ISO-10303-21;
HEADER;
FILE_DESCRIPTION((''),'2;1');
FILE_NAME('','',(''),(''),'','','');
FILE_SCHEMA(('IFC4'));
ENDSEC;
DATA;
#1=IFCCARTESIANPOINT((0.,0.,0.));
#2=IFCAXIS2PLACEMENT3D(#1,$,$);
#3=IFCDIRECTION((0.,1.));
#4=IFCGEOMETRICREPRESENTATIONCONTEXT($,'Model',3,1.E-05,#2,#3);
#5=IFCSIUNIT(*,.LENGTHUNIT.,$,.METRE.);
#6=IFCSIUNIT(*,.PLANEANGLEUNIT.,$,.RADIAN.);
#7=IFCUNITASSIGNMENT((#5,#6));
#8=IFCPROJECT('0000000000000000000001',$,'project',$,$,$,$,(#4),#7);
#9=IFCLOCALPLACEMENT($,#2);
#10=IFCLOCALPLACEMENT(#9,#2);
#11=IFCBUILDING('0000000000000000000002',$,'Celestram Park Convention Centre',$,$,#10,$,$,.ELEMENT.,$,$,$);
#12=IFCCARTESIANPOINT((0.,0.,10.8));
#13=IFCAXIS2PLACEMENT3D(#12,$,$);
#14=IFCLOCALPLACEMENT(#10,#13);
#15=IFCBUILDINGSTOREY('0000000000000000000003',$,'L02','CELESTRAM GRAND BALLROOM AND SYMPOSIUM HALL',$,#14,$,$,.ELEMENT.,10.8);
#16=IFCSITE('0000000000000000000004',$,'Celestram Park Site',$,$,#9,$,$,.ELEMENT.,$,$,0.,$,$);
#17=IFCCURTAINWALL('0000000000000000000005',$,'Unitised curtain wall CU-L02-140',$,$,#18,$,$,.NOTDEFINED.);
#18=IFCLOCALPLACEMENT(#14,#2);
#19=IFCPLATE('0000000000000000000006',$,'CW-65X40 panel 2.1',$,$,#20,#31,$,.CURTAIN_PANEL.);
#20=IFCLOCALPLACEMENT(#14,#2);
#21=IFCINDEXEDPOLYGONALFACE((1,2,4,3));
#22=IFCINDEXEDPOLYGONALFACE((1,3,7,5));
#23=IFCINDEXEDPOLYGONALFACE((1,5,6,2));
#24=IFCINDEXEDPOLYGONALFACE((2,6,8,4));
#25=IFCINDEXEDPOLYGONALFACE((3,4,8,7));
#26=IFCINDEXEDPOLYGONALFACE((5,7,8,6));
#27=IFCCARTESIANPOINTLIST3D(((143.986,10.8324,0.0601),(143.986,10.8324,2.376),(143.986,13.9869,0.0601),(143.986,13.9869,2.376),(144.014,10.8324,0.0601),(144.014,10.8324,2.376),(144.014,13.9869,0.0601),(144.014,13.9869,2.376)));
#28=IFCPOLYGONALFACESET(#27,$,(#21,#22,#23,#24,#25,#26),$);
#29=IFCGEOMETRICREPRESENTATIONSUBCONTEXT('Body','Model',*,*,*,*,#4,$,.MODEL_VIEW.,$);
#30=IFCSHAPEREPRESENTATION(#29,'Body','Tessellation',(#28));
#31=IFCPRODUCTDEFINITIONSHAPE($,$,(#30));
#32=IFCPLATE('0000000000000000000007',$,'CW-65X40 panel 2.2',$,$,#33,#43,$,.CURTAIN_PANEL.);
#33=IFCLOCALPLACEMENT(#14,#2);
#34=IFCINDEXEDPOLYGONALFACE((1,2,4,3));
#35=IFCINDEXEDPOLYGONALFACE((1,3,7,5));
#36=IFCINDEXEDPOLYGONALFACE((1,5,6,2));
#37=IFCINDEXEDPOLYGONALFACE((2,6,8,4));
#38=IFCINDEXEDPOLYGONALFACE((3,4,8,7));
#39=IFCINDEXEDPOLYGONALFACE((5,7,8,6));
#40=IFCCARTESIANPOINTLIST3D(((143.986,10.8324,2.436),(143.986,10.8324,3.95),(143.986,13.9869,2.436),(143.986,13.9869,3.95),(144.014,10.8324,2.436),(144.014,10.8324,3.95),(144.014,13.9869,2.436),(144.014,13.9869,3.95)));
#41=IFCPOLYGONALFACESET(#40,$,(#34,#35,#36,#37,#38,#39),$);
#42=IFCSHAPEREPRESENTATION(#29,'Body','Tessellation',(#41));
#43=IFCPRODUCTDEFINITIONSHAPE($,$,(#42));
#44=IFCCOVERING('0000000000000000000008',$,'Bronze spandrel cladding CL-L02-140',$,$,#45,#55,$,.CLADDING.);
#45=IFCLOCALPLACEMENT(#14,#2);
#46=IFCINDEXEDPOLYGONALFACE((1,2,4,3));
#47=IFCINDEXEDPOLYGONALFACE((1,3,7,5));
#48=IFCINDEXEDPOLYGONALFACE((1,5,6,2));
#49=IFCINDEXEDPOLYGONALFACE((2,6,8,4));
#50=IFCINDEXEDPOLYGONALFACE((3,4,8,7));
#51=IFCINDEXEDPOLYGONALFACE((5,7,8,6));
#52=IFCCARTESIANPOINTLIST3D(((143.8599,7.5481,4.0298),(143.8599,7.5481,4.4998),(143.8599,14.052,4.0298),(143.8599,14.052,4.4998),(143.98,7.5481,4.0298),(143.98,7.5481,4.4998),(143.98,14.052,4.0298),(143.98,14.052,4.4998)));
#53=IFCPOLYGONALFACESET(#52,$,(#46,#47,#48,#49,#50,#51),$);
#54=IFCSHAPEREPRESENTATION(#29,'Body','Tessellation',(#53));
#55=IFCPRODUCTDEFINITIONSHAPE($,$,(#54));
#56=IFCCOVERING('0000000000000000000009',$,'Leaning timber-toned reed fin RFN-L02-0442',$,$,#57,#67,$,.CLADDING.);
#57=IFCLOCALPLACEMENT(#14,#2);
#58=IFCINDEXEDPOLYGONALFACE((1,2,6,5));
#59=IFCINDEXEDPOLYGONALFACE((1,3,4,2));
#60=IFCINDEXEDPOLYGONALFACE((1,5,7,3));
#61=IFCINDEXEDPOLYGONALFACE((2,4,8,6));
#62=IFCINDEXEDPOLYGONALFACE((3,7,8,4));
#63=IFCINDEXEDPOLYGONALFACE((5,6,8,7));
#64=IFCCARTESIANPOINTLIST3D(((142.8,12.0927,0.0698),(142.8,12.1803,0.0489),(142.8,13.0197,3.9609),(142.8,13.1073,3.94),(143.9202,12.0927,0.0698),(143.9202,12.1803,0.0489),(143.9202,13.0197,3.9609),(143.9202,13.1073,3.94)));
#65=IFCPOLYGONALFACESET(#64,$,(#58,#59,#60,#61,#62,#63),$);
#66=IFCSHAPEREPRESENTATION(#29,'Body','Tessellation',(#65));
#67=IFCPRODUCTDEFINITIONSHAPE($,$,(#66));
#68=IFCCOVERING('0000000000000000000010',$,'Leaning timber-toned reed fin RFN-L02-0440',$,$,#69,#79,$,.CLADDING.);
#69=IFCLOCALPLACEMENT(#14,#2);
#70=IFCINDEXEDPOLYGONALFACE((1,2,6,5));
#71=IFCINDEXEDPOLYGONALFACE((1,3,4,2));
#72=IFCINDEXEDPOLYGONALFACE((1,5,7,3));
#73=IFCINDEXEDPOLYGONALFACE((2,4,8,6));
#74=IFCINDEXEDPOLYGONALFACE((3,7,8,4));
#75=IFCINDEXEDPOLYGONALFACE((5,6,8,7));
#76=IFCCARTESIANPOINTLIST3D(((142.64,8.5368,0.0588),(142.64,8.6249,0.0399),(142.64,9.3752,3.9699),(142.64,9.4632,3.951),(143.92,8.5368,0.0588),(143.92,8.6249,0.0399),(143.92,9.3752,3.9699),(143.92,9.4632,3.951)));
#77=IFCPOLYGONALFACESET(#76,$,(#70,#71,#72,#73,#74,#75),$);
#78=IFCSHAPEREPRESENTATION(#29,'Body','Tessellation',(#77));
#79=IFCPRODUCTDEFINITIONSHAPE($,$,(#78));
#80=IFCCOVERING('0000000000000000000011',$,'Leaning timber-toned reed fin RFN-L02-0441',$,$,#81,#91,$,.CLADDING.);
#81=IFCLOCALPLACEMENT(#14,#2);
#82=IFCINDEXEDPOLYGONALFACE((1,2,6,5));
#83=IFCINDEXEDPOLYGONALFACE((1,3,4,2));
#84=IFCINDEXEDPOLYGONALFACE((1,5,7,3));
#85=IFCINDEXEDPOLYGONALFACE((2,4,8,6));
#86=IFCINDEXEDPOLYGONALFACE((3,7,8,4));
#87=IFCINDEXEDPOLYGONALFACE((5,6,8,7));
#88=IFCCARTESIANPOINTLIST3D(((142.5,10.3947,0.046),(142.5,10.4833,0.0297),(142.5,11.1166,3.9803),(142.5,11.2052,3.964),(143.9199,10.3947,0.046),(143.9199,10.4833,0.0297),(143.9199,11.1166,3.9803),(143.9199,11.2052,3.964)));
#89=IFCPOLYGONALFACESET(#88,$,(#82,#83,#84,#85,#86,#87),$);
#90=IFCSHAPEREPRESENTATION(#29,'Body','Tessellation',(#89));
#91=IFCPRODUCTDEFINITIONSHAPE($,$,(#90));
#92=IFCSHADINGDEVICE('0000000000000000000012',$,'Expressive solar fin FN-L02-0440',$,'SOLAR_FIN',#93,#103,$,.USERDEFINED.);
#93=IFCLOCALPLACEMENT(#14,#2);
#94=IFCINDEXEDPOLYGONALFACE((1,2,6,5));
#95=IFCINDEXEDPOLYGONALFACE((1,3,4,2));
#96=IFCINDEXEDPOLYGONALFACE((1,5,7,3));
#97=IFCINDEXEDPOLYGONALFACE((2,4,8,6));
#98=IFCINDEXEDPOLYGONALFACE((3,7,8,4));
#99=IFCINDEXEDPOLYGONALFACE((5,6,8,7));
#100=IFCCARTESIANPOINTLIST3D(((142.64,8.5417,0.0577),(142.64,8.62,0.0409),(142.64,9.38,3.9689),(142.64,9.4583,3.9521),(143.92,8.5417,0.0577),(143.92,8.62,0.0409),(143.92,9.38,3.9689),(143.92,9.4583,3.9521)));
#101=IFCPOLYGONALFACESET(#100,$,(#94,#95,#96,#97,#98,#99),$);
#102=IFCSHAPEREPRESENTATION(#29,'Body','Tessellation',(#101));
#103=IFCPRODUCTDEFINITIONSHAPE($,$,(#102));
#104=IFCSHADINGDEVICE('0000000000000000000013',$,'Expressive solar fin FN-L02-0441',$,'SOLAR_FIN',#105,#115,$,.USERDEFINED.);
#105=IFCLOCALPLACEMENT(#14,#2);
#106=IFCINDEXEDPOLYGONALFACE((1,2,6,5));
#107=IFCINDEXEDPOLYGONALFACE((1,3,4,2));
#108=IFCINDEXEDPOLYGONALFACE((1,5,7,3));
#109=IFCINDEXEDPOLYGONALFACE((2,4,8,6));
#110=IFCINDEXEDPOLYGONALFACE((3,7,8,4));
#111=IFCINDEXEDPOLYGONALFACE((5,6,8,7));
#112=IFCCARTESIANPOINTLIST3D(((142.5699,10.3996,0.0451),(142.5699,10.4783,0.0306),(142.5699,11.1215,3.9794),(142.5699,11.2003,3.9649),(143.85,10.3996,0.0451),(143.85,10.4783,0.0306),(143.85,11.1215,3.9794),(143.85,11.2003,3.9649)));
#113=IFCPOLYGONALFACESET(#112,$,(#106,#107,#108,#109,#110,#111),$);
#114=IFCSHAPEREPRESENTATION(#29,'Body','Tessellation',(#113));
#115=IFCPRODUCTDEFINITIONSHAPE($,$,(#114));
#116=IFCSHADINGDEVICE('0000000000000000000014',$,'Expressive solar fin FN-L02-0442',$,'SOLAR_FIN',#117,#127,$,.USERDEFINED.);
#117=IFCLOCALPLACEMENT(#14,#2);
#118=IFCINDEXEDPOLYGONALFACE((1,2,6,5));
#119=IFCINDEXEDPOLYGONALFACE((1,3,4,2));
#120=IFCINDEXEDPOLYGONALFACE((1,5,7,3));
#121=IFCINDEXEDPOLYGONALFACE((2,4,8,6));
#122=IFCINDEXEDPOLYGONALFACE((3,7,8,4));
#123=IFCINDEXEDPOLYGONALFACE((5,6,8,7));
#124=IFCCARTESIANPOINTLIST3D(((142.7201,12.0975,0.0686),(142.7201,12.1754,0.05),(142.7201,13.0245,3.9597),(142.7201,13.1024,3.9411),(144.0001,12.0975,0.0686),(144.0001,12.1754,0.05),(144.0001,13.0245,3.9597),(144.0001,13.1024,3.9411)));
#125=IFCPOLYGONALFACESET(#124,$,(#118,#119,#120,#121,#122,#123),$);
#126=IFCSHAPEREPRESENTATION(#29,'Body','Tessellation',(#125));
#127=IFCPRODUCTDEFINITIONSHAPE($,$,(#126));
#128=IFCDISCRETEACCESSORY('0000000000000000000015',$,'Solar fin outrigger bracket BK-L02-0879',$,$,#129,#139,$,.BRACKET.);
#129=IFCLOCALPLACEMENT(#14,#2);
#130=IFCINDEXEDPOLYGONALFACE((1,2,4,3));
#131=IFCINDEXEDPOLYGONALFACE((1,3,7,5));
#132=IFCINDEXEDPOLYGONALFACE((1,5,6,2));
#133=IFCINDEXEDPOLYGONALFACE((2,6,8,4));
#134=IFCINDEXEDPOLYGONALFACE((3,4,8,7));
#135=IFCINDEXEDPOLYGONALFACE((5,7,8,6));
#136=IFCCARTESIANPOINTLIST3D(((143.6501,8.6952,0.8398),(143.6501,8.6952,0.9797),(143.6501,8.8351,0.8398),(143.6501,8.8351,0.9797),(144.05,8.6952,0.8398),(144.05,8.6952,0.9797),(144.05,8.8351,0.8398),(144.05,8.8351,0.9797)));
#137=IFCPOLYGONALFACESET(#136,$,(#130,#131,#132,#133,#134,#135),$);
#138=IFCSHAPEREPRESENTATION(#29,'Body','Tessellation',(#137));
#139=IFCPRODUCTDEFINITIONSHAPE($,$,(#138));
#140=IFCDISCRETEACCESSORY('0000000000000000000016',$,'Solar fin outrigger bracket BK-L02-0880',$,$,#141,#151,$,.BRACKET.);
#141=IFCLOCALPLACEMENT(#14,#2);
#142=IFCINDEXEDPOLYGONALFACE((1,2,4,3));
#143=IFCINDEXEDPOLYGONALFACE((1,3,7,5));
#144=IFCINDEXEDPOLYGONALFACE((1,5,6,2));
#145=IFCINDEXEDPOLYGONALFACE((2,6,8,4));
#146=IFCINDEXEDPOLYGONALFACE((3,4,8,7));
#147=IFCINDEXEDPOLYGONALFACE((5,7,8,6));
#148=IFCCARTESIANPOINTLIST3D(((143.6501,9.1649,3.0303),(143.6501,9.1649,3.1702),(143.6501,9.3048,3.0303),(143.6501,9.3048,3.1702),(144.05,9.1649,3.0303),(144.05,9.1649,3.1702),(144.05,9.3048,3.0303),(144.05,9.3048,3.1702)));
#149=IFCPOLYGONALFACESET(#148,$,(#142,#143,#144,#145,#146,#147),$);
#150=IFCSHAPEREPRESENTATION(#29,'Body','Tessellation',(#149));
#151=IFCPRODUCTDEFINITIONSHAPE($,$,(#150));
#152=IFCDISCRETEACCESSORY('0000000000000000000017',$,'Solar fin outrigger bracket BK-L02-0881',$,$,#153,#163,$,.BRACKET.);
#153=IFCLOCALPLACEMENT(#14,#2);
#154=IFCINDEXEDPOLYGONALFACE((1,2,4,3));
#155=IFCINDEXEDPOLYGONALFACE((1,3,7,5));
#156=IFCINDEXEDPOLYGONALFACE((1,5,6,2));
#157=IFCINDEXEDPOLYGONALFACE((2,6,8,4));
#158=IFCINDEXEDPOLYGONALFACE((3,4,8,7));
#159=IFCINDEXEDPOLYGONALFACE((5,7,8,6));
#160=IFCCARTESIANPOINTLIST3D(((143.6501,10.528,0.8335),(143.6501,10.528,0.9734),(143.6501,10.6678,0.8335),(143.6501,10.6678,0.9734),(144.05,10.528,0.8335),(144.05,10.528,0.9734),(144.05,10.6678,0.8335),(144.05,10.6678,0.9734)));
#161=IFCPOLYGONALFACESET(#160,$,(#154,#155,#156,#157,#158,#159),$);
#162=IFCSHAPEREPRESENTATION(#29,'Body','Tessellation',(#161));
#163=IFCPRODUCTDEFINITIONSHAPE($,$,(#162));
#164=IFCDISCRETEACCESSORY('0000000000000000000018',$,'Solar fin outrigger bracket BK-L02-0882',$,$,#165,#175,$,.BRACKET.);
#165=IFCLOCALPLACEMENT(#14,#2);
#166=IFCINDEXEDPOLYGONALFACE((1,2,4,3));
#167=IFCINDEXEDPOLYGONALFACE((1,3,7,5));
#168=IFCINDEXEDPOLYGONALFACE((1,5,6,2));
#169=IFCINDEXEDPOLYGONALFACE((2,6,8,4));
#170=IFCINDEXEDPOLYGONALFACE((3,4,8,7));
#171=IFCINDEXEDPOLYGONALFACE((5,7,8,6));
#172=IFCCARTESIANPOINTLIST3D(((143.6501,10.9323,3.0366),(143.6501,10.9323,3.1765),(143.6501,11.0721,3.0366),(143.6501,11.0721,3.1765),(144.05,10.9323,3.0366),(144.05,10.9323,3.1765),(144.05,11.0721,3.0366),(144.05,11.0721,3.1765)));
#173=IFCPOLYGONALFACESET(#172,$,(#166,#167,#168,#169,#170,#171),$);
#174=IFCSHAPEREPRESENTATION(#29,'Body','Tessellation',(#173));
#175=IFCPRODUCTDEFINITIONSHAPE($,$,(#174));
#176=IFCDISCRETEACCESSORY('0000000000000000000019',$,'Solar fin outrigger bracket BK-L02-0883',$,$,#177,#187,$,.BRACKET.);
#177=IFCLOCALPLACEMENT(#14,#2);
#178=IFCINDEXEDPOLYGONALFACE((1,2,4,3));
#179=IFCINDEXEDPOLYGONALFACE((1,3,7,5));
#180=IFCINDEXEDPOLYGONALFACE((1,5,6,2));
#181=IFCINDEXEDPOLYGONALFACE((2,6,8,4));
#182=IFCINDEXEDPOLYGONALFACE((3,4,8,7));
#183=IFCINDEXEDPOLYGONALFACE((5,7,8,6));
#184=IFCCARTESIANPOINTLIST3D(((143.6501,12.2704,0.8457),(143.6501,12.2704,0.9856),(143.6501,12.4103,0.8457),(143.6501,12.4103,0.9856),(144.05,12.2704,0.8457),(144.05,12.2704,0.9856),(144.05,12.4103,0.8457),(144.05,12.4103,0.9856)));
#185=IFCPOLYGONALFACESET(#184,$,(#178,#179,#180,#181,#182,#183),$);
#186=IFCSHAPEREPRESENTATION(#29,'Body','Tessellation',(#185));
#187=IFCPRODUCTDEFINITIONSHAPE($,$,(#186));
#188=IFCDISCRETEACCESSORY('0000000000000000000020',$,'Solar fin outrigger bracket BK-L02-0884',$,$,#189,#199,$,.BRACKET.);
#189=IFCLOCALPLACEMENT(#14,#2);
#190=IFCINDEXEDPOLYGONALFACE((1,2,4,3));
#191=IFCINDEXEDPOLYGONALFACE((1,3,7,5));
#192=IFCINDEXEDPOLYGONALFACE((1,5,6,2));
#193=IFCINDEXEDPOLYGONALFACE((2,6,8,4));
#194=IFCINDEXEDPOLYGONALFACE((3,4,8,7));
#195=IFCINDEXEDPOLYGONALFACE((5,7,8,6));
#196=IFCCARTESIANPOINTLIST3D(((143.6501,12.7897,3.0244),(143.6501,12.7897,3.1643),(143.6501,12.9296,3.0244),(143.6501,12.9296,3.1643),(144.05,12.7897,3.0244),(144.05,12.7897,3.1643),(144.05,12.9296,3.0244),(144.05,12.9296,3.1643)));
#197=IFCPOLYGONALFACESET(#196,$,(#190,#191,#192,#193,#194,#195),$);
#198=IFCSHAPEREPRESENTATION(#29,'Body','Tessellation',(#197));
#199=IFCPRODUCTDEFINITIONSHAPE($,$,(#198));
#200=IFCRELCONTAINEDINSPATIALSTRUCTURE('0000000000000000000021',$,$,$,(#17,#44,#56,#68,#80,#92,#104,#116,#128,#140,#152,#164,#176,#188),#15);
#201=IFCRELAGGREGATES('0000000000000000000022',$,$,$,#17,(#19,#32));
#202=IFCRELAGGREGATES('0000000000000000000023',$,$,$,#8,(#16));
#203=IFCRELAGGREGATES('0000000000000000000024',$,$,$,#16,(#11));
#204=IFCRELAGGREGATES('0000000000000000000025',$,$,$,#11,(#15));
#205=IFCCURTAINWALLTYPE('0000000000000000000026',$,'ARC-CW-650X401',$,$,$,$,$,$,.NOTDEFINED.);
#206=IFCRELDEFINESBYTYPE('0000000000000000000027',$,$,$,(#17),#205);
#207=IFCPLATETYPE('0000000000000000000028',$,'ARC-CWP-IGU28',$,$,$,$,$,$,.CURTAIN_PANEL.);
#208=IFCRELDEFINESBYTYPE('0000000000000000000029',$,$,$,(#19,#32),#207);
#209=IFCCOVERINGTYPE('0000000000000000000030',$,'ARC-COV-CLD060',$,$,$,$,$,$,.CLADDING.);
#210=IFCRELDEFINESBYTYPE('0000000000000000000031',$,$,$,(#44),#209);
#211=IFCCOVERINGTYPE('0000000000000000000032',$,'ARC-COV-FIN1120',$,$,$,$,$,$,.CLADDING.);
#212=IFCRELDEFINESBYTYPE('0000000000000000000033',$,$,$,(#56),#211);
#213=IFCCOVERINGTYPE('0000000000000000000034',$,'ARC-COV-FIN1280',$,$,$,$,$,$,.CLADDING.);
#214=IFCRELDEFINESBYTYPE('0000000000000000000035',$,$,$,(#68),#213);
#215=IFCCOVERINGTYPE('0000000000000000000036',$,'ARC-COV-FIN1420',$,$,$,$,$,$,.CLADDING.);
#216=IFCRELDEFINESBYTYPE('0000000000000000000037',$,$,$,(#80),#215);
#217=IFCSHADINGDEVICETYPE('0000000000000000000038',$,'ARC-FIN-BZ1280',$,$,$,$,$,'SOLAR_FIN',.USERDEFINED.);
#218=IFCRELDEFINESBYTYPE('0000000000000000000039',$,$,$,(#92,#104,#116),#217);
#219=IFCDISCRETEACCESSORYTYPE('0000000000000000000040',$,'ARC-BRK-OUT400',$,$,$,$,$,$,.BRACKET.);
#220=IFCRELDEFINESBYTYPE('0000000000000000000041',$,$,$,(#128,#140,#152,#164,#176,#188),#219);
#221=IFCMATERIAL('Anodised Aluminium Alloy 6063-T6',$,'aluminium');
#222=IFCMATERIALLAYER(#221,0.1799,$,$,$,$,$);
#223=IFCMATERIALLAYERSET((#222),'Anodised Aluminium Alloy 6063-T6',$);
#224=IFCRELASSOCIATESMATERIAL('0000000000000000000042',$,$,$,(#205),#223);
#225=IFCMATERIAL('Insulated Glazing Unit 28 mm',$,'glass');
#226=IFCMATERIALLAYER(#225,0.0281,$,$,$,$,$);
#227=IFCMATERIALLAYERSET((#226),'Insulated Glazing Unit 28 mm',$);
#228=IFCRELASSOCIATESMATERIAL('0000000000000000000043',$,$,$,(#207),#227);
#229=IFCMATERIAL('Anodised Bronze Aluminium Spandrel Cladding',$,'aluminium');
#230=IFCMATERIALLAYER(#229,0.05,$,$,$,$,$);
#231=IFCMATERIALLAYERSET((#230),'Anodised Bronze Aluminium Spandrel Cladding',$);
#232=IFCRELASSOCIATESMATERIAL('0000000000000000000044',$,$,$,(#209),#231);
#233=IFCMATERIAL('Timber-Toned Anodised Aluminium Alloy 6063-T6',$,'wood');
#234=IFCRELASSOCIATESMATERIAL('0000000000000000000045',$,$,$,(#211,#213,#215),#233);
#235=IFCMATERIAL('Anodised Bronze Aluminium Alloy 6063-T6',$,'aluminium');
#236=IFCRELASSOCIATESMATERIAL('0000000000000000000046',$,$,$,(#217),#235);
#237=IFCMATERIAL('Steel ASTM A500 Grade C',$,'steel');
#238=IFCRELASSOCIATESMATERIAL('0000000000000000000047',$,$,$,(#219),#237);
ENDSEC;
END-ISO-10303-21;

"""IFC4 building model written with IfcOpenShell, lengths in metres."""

from ifc_helpers import new_model, si_unit, direction, frame, origin, origin_2d, place, context, subcontext, project, spatial, rectangle, extrude, material, layer, layer_set, material_profile, profile_set, type_object, element, aggregate, save


model = new_model("IFC4")

# Units and contexts
model_context = context("Model", 3, precision=1e-05, world=origin(), true_north=direction((0.0, 1.0)))
body_context = subcontext(model_context, "Body", "Model", "MODEL_VIEW")
ifc_project = project(units=[si_unit("LENGTHUNIT", "METRE"), si_unit("PLANEANGLEUNIT", "RADIAN")], contexts=[model_context])

# Site, building, storey
site_placement = place(None, origin())
site = spatial("IfcSite", under=ifc_project, at=site_placement, Name="Celestram Park Site", CompositionType="ELEMENT", RefElevation=0.0)
building_placement = place(site_placement, origin())
building = spatial("IfcBuilding", under=site, at=building_placement, Name="Celestram Park Convention Centre", CompositionType="ELEMENT")
storey_placement = place(building_placement, frame((0.0, 0.0, 10.8)))
storey = spatial("IfcBuildingStorey", under=building, at=storey_placement, Name="L02", Description="CELESTRAM GRAND BALLROOM AND SYMPOSIUM HALL", CompositionType="ELEMENT", Elevation=10.8)

# Curtain wall
ifc_material_1 = material(Name="Anodised Aluminium Alloy 6063-T6", Category="aluminium")
ifc_layer_1 = layer(ifc_material_1, 0.1799)
ifc_layer_set_1 = layer_set([ifc_layer_1], Name="Anodised Aluminium Alloy 6063-T6")
curtain_wall_type = type_object("IfcCurtainWallType", Name="ARC-CW-650X401", PredefinedType="NOTDEFINED", material=ifc_layer_set_1)
curtain_wall_placement = place(storey_placement, origin())
curtain_wall = element("IfcCurtainWall", 1, at=curtain_wall_placement, inside=storey, type_object=curtain_wall_type, Name="Unitised curtain wall CU-L02-140", PredefinedType="NOTDEFINED")

# Plates
ifc_material_2 = material(Name="Insulated Glazing Unit 28 mm", Category="glass")
ifc_layer_2 = layer(ifc_material_2, 0.0281)
ifc_layer_set_2 = layer_set([ifc_layer_2], Name="Insulated Glazing Unit 28 mm")
plate_type = type_object("IfcPlateType", Name="ARC-CWP-IGU28", PredefinedType="CURTAIN_PANEL", material=ifc_layer_set_2)
plate_1_placement = place(storey_placement, frame((144.0, 12.4097, 0.0601), z_axis=(0.0, 0.0, 1.0), x_axis=(0.0, 1.0, 0.0)))
plate_1 = element("IfcPlate", 2, at=plate_1_placement, type_object=plate_type, Name="CW-65X40 panel 2.1", PredefinedType="CURTAIN_PANEL", context=body_context, shape_type="SweptSolid", body=[
    extrude(rectangle(XDim=3.1545, YDim=0.0281, at=origin_2d()), origin(), (0.0, 0.0, 1.0), 2.3159),
])
plate_2_placement = place(storey_placement, frame((144.0, 12.4097, 2.436), z_axis=(0.0, 0.0, 1.0), x_axis=(0.0, 1.0, 0.0)))
plate_2 = element("IfcPlate", 3, at=plate_2_placement, type_object=plate_type, Name="CW-65X40 panel 2.2", PredefinedType="CURTAIN_PANEL", context=body_context, shape_type="SweptSolid", body=[
    extrude(rectangle(XDim=3.1545, YDim=0.0281, at=origin_2d()), origin(), (0.0, 0.0, 1.0), 1.5139),
])
aggregate(curtain_wall, [plate_1, plate_2])

# Coverings
ifc_material_3 = material(Name="Anodised Bronze Aluminium Spandrel Cladding", Category="aluminium")
ifc_layer_3 = layer(ifc_material_3, 0.05)
ifc_layer_set_3 = layer_set([ifc_layer_3], Name="Anodised Bronze Aluminium Spandrel Cladding")
covering_type_1 = type_object("IfcCoveringType", Name="ARC-COV-CLD060", PredefinedType="CLADDING", material=ifc_layer_set_3)
covering_1_placement = place(storey_placement, frame((143.9199, 10.8, 4.0298), z_axis=(0.0, 0.0, 1.0), x_axis=(0.0, 1.0, 0.0)))
element("IfcCovering", 4, at=covering_1_placement, inside=storey, type_object=covering_type_1, Name="Bronze spandrel cladding CL-L02-140", PredefinedType="CLADDING", context=body_context, shape_type="SweptSolid", body=[
    extrude(rectangle(XDim=6.5039, YDim=0.1201, at=origin_2d()), origin(), (0.0, 0.0, 1.0), 0.47),
])
ifc_material_4 = material(Name="Timber-Toned Anodised Aluminium Alloy 6063-T6", Category="wood")
ifc_material_profile_1 = material_profile(ifc_material_4, rectangle(XDim=1.1201, YDim=0.0901, at=origin_2d()), Name="REED1120X90")
ifc_profile_set_1 = profile_set([ifc_material_profile_1], Name="Timber-Toned Anodised Aluminium Alloy 6063-T6")
covering_type_2 = type_object("IfcCoveringType", Name="ARC-COV-FIN1120", PredefinedType="CLADDING", material=ifc_profile_set_1)
covering_2_placement = place(storey_placement, frame((143.3601, 12.1365, 0.0593), z_axis=(0.0, 0.23175, 0.972775), x_axis=(-1.0, 0.0, 0.0)))
element("IfcCovering", 5, at=covering_2_placement, inside=storey, type_object=covering_type_2, Name="Leaning timber-toned reed fin RFN-L02-0442", PredefinedType="CLADDING", context=body_context, shape_type="SweptSolid", body=[
    extrude(rectangle(XDim=1.1201, YDim=0.0901, at=origin_2d()), origin(), (0.0, 0.0, 1.0), 4.0),
])
ifc_material_profile_2 = material_profile(ifc_material_4, rectangle(XDim=1.28, YDim=0.0901, at=origin_2d()), Name="REED1280X90")
ifc_profile_set_2 = profile_set([ifc_material_profile_2], Name="Timber-Toned Anodised Aluminium Alloy 6063-T6")
covering_type_3 = type_object("IfcCoveringType", Name="ARC-COV-FIN1280", PredefinedType="CLADDING", material=ifc_profile_set_2)
covering_3_placement = place(storey_placement, frame((143.28, 8.5808, 0.0493), z_axis=(0.0, 0.209596, 0.977788), x_axis=(-1.0, 0.0, 0.0)))
element("IfcCovering", 6, at=covering_3_placement, inside=storey, type_object=covering_type_3, Name="Leaning timber-toned reed fin RFN-L02-0440", PredefinedType="CLADDING", context=body_context, shape_type="SweptSolid", body=[
    extrude(rectangle(XDim=1.28, YDim=0.0901, at=origin_2d()), origin(), (0.0, 0.0, 1.0), 4.0),
])
ifc_material_profile_3 = material_profile(ifc_material_4, rectangle(XDim=1.4199, YDim=0.0901, at=origin_2d()), Name="REED1420X90")
ifc_profile_set_3 = profile_set([ifc_material_profile_3], Name="Timber-Toned Anodised Aluminium Alloy 6063-T6")
covering_type_4 = type_object("IfcCoveringType", Name="ARC-COV-FIN1420", PredefinedType="CLADDING", material=ifc_profile_set_3)
covering_4_placement = place(storey_placement, frame((143.21, 10.439, 0.0378), z_axis=(0.0, 0.18048, 0.983579), x_axis=(-1.0, 0.0, 0.0)))
element("IfcCovering", 7, at=covering_4_placement, inside=storey, type_object=covering_type_4, Name="Leaning timber-toned reed fin RFN-L02-0441", PredefinedType="CLADDING", context=body_context, shape_type="SweptSolid", body=[
    extrude(rectangle(XDim=1.4199, YDim=0.0901, at=origin_2d()), origin(), (0.0, 0.0, 1.0), 4.0),
])

# Shading devices
ifc_material_5 = material(Name="Anodised Bronze Aluminium Alloy 6063-T6", Category="aluminium")
ifc_material_profile_4 = material_profile(ifc_material_5, rectangle(XDim=1.28, YDim=0.0801, at=origin_2d()), Name="FIN1280X80")
ifc_profile_set_4 = profile_set([ifc_material_profile_4], Name="Anodised Bronze Aluminium Alloy 6063-T6")
shading_device_type = type_object("IfcShadingDeviceType", Name="ARC-FIN-BZ1280", ElementType="SOLAR_FIN", PredefinedType="USERDEFINED", material=ifc_profile_set_4)
for number, where, z_axis, x_axis, name in (
    (8, (143.28, 8.5808, 0.0493), (0.0, 0.209596, 0.977788), (-1.0, 0.0, 0.0), "Expressive solar fin FN-L02-0440"),
    (9, (143.21, 10.439, 0.0378), (0.0, 0.18048, 0.983579), (-1.0, 0.0, 0.0), "Expressive solar fin FN-L02-0441"),
    (10, (143.3601, 12.1365, 0.0593), (0.0, 0.23175, 0.972775), (-1.0, 0.0, 0.0), "Expressive solar fin FN-L02-0442"),
):
    element("IfcShadingDevice", number, at=place(storey_placement, frame(where, z_axis=z_axis, x_axis=x_axis)), inside=storey, type_object=shading_device_type, Name=name, ObjectType="SOLAR_FIN", PredefinedType="USERDEFINED", context=body_context, shape_type="SweptSolid", body=[
        extrude(rectangle(XDim=1.28, YDim=0.0801, at=origin_2d()), origin(), (0.0, 0.0, 1.0), 4.0),
    ])

# Discrete accessories
ifc_material_6 = material(Name="Steel ASTM A500 Grade C", Category="steel")
discrete_accessory_type = type_object("IfcDiscreteAccessoryType", Name="ARC-BRK-OUT400", PredefinedType="BRACKET", material=ifc_material_6)
for number, where, z_axis, x_axis, name in (
    (11, (143.8501, 8.7651, 0.8398), (0.0, 0.0, 1.0), (-1.0, 0.0, 0.0), "Solar fin outrigger bracket BK-L02-0879"),
    (12, (143.8501, 9.2349, 3.0303), (0.0, 0.0, 1.0), (-1.0, 0.0, 0.0), "Solar fin outrigger bracket BK-L02-0880"),
    (13, (143.8501, 10.5979, 0.8335), (0.0, 0.0, 1.0), (-1.0, 0.0, 0.0), "Solar fin outrigger bracket BK-L02-0881"),
    (14, (143.8501, 11.0022, 3.0366), (0.0, 0.0, 1.0), (-1.0, 0.0, 0.0), "Solar fin outrigger bracket BK-L02-0882"),
    (15, (143.8501, 12.3403, 0.8457), (0.0, 0.0, 1.0), (-1.0, 0.0, 0.0), "Solar fin outrigger bracket BK-L02-0883"),
    (16, (143.8501, 12.8596, 3.0244), (0.0, 0.0, 1.0), (-1.0, 0.0, 0.0), "Solar fin outrigger bracket BK-L02-0884"),
):
    element("IfcDiscreteAccessory", number, at=place(storey_placement, frame(where, z_axis=z_axis, x_axis=x_axis)), inside=storey, type_object=discrete_accessory_type, Name=name, PredefinedType="BRACKET", context=body_context, shape_type="SweptSolid", body=[
        extrude(rectangle(XDim=0.3999, YDim=0.1399, at=origin_2d()), origin(), (0.0, 0.0, 1.0), 0.1399),
    ])

save(model, "model.ifc")
